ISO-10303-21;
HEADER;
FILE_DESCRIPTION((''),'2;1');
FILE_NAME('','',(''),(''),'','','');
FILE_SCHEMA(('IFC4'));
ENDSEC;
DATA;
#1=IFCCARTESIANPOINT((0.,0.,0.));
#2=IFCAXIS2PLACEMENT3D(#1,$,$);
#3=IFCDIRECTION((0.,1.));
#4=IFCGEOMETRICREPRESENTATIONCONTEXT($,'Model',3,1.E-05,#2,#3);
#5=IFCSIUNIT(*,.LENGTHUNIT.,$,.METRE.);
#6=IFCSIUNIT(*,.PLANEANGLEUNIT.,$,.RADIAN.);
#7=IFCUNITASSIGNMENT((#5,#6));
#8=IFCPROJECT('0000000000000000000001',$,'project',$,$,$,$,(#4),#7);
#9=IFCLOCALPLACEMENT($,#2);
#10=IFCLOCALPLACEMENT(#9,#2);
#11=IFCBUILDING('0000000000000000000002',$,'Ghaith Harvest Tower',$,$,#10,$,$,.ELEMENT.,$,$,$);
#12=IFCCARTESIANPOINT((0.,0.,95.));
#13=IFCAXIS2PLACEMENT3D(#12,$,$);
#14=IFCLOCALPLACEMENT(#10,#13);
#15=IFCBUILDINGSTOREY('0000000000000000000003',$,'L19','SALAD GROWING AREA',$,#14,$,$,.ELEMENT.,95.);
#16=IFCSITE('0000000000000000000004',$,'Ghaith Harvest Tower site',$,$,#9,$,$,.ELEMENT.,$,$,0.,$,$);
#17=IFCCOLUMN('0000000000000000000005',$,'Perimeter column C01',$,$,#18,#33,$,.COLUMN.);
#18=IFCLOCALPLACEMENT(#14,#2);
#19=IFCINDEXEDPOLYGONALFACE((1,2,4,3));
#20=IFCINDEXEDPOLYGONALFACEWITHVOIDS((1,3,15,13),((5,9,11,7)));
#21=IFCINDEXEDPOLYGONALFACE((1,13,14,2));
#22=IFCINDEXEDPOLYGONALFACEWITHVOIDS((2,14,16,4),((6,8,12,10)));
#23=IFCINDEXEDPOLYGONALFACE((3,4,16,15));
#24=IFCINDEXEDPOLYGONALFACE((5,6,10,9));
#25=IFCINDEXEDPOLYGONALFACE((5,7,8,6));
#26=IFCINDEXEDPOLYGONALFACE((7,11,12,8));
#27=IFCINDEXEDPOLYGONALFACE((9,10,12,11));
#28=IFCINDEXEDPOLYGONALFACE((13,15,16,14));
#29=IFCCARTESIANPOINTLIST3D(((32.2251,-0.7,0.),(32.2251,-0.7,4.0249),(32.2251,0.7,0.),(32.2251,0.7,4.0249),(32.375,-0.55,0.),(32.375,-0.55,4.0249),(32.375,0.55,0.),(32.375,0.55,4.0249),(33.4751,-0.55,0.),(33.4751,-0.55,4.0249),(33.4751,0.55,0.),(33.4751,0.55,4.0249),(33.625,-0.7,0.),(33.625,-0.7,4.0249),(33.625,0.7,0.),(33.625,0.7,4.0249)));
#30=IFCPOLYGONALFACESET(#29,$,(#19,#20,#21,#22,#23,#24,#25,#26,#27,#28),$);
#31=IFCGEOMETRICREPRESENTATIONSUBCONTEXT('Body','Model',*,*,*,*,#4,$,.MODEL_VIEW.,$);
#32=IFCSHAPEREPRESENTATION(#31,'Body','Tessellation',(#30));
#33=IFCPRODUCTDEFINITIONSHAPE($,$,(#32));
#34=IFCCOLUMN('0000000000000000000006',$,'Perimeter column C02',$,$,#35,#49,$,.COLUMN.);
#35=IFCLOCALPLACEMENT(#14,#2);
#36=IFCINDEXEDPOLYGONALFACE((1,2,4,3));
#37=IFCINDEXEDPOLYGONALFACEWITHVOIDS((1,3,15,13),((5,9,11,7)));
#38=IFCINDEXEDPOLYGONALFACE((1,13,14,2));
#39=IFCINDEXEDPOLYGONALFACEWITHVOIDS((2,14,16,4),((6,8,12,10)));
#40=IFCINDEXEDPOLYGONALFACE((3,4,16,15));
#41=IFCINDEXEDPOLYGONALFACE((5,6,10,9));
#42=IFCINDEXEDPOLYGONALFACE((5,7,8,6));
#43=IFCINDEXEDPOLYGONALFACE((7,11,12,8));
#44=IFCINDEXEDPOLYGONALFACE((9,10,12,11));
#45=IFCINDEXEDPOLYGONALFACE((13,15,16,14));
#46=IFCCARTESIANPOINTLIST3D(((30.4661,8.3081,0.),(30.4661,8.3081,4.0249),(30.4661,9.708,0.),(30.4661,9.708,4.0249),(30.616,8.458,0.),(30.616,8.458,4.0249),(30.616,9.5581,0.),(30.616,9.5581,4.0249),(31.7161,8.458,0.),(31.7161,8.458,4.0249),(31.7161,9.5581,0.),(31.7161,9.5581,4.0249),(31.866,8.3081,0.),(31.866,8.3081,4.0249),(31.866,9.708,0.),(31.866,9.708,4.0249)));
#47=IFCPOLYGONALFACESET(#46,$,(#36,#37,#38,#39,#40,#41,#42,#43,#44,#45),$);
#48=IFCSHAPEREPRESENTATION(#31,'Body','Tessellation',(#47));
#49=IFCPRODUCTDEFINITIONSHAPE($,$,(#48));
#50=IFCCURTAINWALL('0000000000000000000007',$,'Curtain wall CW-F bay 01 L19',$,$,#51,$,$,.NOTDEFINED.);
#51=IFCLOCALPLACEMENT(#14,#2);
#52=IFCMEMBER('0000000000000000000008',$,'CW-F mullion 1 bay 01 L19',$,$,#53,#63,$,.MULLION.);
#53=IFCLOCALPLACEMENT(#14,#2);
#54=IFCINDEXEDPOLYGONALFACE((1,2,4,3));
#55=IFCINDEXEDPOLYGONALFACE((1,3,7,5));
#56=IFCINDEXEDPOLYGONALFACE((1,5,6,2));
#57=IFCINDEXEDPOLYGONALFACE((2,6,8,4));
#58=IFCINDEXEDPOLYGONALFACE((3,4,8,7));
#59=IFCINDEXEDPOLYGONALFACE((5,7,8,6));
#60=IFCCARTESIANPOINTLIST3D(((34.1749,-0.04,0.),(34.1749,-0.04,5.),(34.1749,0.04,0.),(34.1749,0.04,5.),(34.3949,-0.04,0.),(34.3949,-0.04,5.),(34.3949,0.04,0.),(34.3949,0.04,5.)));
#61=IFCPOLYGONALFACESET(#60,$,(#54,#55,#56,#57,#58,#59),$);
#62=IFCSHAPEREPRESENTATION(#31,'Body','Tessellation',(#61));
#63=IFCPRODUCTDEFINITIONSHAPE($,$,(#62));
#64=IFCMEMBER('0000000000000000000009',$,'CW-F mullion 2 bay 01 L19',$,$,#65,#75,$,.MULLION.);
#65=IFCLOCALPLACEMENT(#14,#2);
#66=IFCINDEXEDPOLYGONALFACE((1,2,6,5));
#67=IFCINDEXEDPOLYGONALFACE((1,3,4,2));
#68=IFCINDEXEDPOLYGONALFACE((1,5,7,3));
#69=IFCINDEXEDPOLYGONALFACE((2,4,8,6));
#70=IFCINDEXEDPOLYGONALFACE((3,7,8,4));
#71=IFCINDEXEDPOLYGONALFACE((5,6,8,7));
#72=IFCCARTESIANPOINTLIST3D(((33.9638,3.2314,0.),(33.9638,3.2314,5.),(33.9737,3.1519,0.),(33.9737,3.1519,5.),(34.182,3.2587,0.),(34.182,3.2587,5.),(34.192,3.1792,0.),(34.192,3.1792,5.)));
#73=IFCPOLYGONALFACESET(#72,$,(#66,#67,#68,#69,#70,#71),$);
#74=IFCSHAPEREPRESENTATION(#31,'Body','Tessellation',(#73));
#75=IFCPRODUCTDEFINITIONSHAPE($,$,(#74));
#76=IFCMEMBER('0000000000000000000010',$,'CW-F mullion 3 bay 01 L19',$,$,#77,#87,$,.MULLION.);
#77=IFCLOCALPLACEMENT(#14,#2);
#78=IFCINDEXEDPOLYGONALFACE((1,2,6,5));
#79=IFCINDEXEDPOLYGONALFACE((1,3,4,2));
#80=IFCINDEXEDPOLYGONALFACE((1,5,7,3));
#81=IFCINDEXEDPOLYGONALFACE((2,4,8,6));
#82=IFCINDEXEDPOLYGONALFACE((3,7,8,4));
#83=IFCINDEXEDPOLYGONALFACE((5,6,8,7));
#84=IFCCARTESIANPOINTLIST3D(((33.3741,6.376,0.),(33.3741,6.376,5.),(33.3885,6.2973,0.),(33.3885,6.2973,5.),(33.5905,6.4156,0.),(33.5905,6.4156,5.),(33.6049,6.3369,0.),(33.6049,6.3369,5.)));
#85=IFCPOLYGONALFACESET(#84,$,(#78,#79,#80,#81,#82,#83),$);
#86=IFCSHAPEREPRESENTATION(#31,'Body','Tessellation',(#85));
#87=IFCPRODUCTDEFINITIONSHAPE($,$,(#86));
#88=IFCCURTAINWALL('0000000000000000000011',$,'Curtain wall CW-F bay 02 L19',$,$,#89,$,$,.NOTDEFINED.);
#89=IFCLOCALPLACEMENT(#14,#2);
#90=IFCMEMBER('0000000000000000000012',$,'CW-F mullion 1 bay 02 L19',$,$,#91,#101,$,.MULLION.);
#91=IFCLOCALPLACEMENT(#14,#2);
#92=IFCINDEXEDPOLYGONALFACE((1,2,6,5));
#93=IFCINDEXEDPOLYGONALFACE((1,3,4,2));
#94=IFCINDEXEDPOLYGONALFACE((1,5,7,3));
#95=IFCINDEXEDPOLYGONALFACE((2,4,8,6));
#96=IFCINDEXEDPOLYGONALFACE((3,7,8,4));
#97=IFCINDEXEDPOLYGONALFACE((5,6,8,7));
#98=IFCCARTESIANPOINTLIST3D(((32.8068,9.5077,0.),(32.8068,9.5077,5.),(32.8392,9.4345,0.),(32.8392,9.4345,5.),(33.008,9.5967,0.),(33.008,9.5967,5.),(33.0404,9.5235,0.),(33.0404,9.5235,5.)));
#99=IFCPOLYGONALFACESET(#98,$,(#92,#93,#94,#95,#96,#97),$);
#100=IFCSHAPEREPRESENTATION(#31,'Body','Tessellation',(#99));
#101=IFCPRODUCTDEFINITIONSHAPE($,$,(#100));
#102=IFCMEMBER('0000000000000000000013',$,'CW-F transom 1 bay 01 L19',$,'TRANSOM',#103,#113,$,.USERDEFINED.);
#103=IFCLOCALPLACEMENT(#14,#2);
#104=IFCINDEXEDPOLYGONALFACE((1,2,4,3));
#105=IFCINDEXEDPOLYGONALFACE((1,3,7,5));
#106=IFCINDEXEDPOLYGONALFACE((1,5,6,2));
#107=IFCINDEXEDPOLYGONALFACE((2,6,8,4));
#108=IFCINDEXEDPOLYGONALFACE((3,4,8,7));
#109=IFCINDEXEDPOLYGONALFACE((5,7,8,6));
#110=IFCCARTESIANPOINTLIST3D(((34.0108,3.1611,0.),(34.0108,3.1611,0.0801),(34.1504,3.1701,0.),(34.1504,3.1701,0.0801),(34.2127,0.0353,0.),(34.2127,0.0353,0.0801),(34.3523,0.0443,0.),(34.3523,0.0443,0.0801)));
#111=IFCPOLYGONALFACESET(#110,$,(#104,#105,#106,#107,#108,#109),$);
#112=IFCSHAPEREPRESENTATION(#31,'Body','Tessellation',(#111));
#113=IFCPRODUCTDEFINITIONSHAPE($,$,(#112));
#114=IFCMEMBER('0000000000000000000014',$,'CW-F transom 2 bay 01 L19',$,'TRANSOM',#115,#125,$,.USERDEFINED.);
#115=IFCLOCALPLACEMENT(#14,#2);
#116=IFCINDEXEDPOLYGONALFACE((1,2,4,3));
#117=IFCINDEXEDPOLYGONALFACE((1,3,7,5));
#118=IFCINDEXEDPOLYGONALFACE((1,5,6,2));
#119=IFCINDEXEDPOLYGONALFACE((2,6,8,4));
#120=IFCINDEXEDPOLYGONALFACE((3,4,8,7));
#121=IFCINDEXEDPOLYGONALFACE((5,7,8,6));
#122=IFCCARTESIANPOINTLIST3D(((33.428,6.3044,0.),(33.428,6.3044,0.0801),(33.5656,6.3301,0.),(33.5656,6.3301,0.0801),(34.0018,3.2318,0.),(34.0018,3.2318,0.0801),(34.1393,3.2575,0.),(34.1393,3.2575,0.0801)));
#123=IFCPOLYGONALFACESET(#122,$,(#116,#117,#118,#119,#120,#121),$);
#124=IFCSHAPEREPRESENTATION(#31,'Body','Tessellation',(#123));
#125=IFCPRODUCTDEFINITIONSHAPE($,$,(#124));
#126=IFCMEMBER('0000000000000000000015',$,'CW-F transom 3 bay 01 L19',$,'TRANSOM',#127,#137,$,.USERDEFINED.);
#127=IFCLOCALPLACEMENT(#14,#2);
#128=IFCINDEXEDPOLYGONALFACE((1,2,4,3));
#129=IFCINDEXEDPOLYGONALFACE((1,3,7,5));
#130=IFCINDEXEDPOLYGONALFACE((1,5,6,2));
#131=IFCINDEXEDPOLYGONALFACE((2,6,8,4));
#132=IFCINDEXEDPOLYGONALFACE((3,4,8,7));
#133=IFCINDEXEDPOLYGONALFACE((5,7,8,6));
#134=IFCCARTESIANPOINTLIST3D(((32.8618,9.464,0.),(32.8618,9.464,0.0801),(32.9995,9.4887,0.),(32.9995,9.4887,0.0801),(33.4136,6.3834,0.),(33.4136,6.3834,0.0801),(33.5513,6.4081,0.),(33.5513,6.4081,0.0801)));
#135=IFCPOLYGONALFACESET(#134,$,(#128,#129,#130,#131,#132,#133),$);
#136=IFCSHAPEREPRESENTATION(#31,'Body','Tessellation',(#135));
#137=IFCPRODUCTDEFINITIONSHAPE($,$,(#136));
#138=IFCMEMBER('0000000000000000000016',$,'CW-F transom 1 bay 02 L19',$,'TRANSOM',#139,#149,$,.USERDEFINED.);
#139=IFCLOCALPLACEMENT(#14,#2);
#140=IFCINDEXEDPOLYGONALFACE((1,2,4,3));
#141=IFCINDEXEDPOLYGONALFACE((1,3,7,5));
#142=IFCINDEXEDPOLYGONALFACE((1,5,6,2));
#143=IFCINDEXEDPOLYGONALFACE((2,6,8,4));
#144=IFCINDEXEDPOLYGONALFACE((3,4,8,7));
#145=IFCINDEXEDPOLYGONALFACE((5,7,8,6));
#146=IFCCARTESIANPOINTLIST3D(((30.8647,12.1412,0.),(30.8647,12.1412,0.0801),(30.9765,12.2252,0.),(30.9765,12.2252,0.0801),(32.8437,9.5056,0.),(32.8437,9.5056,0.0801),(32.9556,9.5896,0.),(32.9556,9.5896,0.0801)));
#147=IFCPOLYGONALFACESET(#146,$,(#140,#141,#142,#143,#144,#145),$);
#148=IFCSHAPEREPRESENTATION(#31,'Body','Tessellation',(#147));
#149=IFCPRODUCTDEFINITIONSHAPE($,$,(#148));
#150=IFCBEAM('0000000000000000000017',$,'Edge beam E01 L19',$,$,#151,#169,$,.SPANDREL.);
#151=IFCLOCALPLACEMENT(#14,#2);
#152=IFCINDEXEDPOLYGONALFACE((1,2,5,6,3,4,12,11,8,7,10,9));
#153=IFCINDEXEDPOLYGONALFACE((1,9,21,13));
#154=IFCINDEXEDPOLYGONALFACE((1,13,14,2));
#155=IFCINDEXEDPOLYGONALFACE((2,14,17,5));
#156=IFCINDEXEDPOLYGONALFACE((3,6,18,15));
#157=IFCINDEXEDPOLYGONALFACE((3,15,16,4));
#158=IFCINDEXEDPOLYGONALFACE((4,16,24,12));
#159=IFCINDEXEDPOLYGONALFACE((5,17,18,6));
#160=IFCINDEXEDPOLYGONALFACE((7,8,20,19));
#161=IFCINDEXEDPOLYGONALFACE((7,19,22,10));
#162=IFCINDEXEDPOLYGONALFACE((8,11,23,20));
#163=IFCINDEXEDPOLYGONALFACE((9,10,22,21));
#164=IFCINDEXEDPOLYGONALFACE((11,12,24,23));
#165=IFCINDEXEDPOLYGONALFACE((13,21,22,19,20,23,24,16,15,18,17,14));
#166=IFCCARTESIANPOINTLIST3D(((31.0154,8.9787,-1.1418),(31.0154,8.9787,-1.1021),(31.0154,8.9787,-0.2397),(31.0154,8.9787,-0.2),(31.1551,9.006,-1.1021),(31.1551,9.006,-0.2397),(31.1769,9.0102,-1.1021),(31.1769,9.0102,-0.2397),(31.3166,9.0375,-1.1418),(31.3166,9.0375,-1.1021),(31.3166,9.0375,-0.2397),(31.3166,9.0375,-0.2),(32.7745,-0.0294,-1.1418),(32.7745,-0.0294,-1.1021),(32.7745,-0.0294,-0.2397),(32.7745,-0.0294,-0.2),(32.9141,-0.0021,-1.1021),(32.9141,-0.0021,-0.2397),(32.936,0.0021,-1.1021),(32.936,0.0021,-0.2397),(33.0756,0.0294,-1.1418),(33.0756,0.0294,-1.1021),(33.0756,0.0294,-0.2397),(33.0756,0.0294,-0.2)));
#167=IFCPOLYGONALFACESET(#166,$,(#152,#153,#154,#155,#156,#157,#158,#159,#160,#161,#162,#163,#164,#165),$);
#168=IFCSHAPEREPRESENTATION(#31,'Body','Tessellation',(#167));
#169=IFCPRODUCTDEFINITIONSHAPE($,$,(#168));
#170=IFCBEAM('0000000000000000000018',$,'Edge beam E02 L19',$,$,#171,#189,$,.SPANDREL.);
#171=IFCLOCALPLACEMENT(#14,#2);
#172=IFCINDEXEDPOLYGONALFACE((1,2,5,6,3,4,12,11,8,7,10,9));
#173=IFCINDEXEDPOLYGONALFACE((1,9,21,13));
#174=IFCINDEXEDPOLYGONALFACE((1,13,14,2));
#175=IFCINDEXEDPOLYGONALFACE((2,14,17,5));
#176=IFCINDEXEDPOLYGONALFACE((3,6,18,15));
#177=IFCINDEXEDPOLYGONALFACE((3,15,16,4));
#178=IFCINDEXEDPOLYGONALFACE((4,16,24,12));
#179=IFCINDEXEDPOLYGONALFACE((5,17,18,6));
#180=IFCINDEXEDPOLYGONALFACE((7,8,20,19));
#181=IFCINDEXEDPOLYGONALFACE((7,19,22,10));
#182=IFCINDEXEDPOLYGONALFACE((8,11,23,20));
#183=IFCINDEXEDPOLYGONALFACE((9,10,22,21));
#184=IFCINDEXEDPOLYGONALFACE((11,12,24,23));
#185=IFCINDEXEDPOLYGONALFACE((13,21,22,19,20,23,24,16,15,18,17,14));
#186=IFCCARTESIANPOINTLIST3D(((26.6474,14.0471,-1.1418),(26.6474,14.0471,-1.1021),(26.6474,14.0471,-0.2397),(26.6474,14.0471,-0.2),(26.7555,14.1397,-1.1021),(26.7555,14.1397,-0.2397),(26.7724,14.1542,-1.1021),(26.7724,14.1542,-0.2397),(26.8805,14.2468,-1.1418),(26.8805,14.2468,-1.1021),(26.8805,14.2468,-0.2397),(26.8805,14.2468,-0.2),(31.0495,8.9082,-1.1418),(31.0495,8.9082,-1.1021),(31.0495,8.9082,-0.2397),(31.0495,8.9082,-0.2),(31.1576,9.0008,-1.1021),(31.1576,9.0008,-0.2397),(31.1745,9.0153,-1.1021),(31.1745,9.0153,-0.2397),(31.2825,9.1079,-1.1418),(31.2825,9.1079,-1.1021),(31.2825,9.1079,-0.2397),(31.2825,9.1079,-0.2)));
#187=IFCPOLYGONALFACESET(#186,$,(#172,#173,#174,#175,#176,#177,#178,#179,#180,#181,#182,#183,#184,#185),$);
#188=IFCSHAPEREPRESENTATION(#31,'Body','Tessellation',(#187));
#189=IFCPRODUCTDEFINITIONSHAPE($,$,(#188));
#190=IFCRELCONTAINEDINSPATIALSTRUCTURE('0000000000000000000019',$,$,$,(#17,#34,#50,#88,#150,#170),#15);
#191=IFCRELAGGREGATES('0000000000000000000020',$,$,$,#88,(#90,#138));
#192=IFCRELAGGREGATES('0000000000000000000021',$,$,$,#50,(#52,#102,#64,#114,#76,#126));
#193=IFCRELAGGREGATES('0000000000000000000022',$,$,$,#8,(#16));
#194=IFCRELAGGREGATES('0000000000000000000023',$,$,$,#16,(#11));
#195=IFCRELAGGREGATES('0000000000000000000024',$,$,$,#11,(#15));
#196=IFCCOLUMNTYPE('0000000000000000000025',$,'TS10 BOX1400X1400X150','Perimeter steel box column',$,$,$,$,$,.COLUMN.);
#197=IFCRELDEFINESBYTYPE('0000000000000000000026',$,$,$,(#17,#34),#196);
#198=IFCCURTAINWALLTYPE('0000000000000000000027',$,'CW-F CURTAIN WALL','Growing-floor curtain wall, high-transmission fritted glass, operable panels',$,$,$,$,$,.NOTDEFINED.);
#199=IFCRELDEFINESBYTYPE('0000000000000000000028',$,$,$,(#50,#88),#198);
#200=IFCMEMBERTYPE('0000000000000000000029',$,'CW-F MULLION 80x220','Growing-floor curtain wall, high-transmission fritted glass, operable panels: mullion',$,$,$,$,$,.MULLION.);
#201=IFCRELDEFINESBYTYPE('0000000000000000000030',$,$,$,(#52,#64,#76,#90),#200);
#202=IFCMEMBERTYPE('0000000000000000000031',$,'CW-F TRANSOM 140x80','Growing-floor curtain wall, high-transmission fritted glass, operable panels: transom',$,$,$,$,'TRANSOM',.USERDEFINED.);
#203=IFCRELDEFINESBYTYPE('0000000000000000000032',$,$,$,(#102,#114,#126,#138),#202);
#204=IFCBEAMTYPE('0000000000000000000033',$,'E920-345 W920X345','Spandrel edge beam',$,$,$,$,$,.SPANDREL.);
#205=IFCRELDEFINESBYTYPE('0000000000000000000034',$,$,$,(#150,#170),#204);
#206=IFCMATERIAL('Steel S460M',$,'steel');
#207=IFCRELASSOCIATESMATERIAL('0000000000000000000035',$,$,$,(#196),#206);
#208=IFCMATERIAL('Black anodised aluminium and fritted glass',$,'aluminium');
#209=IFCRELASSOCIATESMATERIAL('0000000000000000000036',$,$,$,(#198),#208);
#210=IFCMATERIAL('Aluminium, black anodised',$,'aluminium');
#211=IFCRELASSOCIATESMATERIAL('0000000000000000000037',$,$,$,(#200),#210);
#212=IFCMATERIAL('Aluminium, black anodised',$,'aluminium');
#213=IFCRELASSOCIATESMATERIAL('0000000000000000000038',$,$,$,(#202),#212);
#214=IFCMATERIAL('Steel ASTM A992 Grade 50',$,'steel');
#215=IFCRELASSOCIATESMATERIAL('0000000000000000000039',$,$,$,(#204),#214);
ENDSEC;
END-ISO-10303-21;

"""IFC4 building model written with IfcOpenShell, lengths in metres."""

from ifc_helpers import new_model, si_unit, direction, frame, origin, origin_2d, place, context, subcontext, project, spatial, rectangle, hollow_rectangle, i_section, extrude, material, material_profile, profile_set, type_object, element, aggregate, save


model = new_model("IFC4")

# Units and contexts
model_context = context("Model", 3, precision=1e-05, world=origin(), true_north=direction((0.0, 1.0)))
body_context = subcontext(model_context, "Body", "Model", "MODEL_VIEW")
ifc_project = project(units=[si_unit("LENGTHUNIT", "METRE"), si_unit("PLANEANGLEUNIT", "RADIAN")], contexts=[model_context])

# Site, building, storey
site_placement = place(None, origin())
site = spatial("IfcSite", under=ifc_project, at=site_placement, Name="Ghaith Harvest Tower site", CompositionType="ELEMENT", RefElevation=0.0)
building_placement = place(site_placement, origin())
building = spatial("IfcBuilding", under=site, at=building_placement, Name="Ghaith Harvest Tower", CompositionType="ELEMENT")
storey_placement = place(building_placement, frame((0.0, 0.0, 95.0)))
storey = spatial("IfcBuildingStorey", under=building, at=storey_placement, Name="L19", Description="SALAD GROWING AREA", CompositionType="ELEMENT", Elevation=95.0)

# Columns
ifc_material_1 = material(Name="Steel S460M", Category="steel")
ifc_material_profile_1 = material_profile(ifc_material_1, hollow_rectangle(XDim=1.3999, YDim=1.3999, WallThickness=0.1499, at=origin_2d()), Name="BOX1400X1400X150")
ifc_profile_set_1 = profile_set([ifc_material_profile_1], Name="Steel S460M")
column_type = type_object("IfcColumnType", Name="TS10 BOX1400X1400X150", Description="Perimeter steel box column", PredefinedType="COLUMN", material=ifc_profile_set_1)
for number, where, z_axis, x_axis, name in (
    (1, (32.925, 0.0, 0.0), (0.0, 0.0, 1.0), (1.0, 0.0, 0.0), "Perimeter column C01"),
    (2, (31.166, 9.0081, 0.0), (0.0, 0.0, 1.0), (1.0, 0.0, 0.0), "Perimeter column C02"),
):
    element("IfcColumn", number, at=place(storey_placement, frame(where, z_axis=z_axis, x_axis=x_axis)), inside=storey, type_object=column_type, Name=name, PredefinedType="COLUMN", context=body_context, shape_type="SweptSolid", body=[
        extrude(hollow_rectangle(XDim=1.3999, YDim=1.3999, WallThickness=0.1499, at=origin_2d()), origin(), (0.0, 0.0, 1.0), 4.0249),
    ])

# Curtain wall, members
ifc_material_2 = material(Name="Black anodised aluminium and fritted glass", Category="aluminium")
curtain_wall_type = type_object("IfcCurtainWallType", Name="CW-F CURTAIN WALL", Description="Growing-floor curtain wall, high-transmission fritted glass, operable panels", PredefinedType="NOTDEFINED", material=ifc_material_2)
curtain_wall_1_placement = place(storey_placement, origin())
curtain_wall_1 = element("IfcCurtainWall", 3, at=curtain_wall_1_placement, inside=storey, type_object=curtain_wall_type, Name="Curtain wall CW-F bay 01 L19", PredefinedType="NOTDEFINED")
ifc_material_3 = material(Name="Aluminium, black anodised", Category="aluminium")
ifc_material_profile_2 = material_profile(ifc_material_3, rectangle(XDim=0.0801, YDim=0.22, at=origin_2d()), Name="CW-F MULLION 80x220")
ifc_profile_set_2 = profile_set([ifc_material_profile_2], Name="Aluminium, black anodised")
member_type_1 = type_object("IfcMemberType", Name="CW-F MULLION 80x220", Description="Growing-floor curtain wall, high-transmission fritted glass, operable panels: mullion", PredefinedType="MULLION", material=ifc_profile_set_2)
member_1_placement = place(storey_placement, frame((34.2849, 0.0, 0.0), z_axis=(0.0, 0.0, 1.0), x_axis=(0.0, 1.0, 0.0)))
member_1 = element("IfcMember", 4, at=member_1_placement, type_object=member_type_1, Name="CW-F mullion 1 bay 01 L19", PredefinedType="MULLION", context=body_context, shape_type="SweptSolid", body=[
    extrude(rectangle(XDim=0.0801, YDim=0.22, at=origin_2d()), origin(), (0.0, 0.0, 1.0), 5.0),
])
member_2_placement = place(storey_placement, frame((34.0779, 3.2053, 0.0), z_axis=(0.0, 0.0, 1.0), x_axis=(-0.12417, 0.992261, 0.0)))
member_2 = element("IfcMember", 5, at=member_2_placement, type_object=member_type_1, Name="CW-F mullion 2 bay 01 L19", PredefinedType="MULLION", context=body_context, shape_type="SweptSolid", body=[
    extrude(rectangle(XDim=0.0801, YDim=0.22, at=origin_2d()), origin(), (0.0, 0.0, 1.0), 5.0),
])
member_3_placement = place(storey_placement, frame((33.4895, 6.3564, 0.0), z_axis=(0.0, 0.0, 1.0), x_axis=(-0.179943, 0.983677, 0.0)))
member_3 = element("IfcMember", 6, at=member_3_placement, type_object=member_type_1, Name="CW-F mullion 3 bay 01 L19", PredefinedType="MULLION", context=body_context, shape_type="SweptSolid", body=[
    extrude(rectangle(XDim=0.0801, YDim=0.22, at=origin_2d()), origin(), (0.0, 0.0, 1.0), 5.0),
])

# Curtain wall, member
curtain_wall_2_placement = place(storey_placement, origin())
curtain_wall_2 = element("IfcCurtainWall", 7, at=curtain_wall_2_placement, inside=storey, type_object=curtain_wall_type, Name="Curtain wall CW-F bay 02 L19", PredefinedType="NOTDEFINED")
member_4_placement = place(storey_placement, frame((32.9236, 9.5156, 0.0), z_axis=(0.0, 0.0, 1.0), x_axis=(-0.404702, 0.914449, 0.0)))
member_4 = element("IfcMember", 8, at=member_4_placement, type_object=member_type_1, Name="CW-F mullion 1 bay 02 L19", PredefinedType="MULLION", context=body_context, shape_type="SweptSolid", body=[
    extrude(rectangle(XDim=0.0801, YDim=0.22, at=origin_2d()), origin(), (0.0, 0.0, 1.0), 5.0),
])

# Members
ifc_material_4 = material(Name="Aluminium, black anodised", Category="aluminium")
ifc_material_profile_3 = material_profile(ifc_material_4, rectangle(XDim=0.1399, YDim=0.0801, at=origin_2d()), Name="CW-F TRANSOM 140x80")
ifc_profile_set_3 = profile_set([ifc_material_profile_3], Name="Aluminium, black anodised")
member_type_2 = type_object("IfcMemberType", Name="CW-F TRANSOM 140x80", Description="Growing-floor curtain wall, high-transmission fritted glass, operable panels: transom", ElementType="TRANSOM", PredefinedType="USERDEFINED", material=ifc_profile_set_3)
member_5_placement = place(storey_placement, frame((34.2825, 0.0398, 0.04), z_axis=(-0.06446, 0.99792, 0.0), x_axis=(-0.99792, -0.06446, 0.0)))
member_5 = element("IfcMember", 9, at=member_5_placement, type_object=member_type_2, Name="CW-F transom 1 bay 01 L19", ObjectType="TRANSOM", PredefinedType="USERDEFINED", context=body_context, shape_type="SweptSolid", body=[
    extrude(rectangle(XDim=0.1399, YDim=0.0801, at=origin_2d()), origin(), (0.0, 0.0, 1.0), 3.1323),
])
member_6_placement = place(storey_placement, frame((34.0706, 3.2446, 0.04), z_axis=(-0.183557, 0.983009, 0.0), x_axis=(-0.983009, -0.183557, 0.0)))
member_6 = element("IfcMember", 10, at=member_6_placement, type_object=member_type_2, Name="CW-F transom 2 bay 01 L19", ObjectType="TRANSOM", PredefinedType="USERDEFINED", context=body_context, shape_type="SweptSolid", body=[
    extrude(rectangle(XDim=0.1399, YDim=0.0801, at=origin_2d()), origin(), (0.0, 0.0, 1.0), 3.1257),
])
member_7_placement = place(storey_placement, frame((33.4824, 6.3958, 0.04), z_axis=(-0.176304, 0.984336, 0.0), x_axis=(-0.984336, -0.176304, 0.0)))
member_7 = element("IfcMember", 11, at=member_7_placement, type_object=member_type_2, Name="CW-F transom 3 bay 01 L19", ObjectType="TRANSOM", PredefinedType="USERDEFINED", context=body_context, shape_type="SweptSolid", body=[
    extrude(rectangle(XDim=0.1399, YDim=0.0801, at=origin_2d()), origin(), (0.0, 0.0, 1.0), 3.1296),
])
member_8_placement = place(storey_placement, frame((32.8997, 9.5476, 0.04), z_axis=(-0.600462, 0.799653, 0.0), x_axis=(-0.799653, -0.600462, 0.0)))
member_8 = element("IfcMember", 12, at=member_8_placement, type_object=member_type_2, Name="CW-F transom 1 bay 02 L19", ObjectType="TRANSOM", PredefinedType="USERDEFINED", context=body_context, shape_type="SweptSolid", body=[
    extrude(rectangle(XDim=0.1399, YDim=0.0801, at=origin_2d()), origin(), (0.0, 0.0, 1.0), 3.2959),
])
aggregate(curtain_wall_2, [member_4, member_8])

# Beams
ifc_material_5 = material(Name="Steel ASTM A992 Grade 50", Category="steel")
ifc_material_profile_4 = material_profile(ifc_material_5, i_section(OverallWidth=0.3069, OverallDepth=0.9419, WebThickness=0.0222, FlangeThickness=0.0398, at=origin_2d()), Name="W920X345")
ifc_profile_set_4 = profile_set([ifc_material_profile_4], Name="Steel ASTM A992 Grade 50")
beam_type_1 = type_object("IfcBeamType", Name="E920-345 W920X345", Description="Spandrel edge beam", PredefinedType="SPANDREL", material=ifc_profile_set_4)
beam_1_placement = place(storey_placement, frame((32.925, 0.0, -0.6709), z_axis=(-0.191653, 0.981463, 0.0), x_axis=(-0.981463, -0.191653, 0.0)))
element("IfcBeam", 13, at=beam_1_placement, inside=storey, type_object=beam_type_1, Name="Edge beam E01 L19", PredefinedType="SPANDREL", context=body_context, shape_type="SweptSolid", body=[
    extrude(i_section(OverallWidth=0.3069, OverallDepth=0.9419, WebThickness=0.0222, FlangeThickness=0.0398, at=origin_2d()), origin(), (0.0, 0.0, 1.0), 9.1782),
])
beam_2_placement = place(storey_placement, frame((31.166, 9.0081, -0.6709), z_axis=(-0.650563, 0.759453, 0.0), x_axis=(-0.759453, -0.650563, 0.0)))
element("IfcBeam", 14, at=beam_2_placement, inside=storey, type_object=beam_type_1, Name="Edge beam E02 L19", PredefinedType="SPANDREL", context=body_context, shape_type="SweptSolid", body=[
    extrude(i_section(OverallWidth=0.3069, OverallDepth=0.9419, WebThickness=0.0222, FlangeThickness=0.0398, at=origin_2d()), origin(), (0.0, 0.0, 1.0), 6.7666),
])

aggregate(curtain_wall_1, [member_1, member_5, member_2, member_6, member_3, member_7])

save(model, "model.ifc")
